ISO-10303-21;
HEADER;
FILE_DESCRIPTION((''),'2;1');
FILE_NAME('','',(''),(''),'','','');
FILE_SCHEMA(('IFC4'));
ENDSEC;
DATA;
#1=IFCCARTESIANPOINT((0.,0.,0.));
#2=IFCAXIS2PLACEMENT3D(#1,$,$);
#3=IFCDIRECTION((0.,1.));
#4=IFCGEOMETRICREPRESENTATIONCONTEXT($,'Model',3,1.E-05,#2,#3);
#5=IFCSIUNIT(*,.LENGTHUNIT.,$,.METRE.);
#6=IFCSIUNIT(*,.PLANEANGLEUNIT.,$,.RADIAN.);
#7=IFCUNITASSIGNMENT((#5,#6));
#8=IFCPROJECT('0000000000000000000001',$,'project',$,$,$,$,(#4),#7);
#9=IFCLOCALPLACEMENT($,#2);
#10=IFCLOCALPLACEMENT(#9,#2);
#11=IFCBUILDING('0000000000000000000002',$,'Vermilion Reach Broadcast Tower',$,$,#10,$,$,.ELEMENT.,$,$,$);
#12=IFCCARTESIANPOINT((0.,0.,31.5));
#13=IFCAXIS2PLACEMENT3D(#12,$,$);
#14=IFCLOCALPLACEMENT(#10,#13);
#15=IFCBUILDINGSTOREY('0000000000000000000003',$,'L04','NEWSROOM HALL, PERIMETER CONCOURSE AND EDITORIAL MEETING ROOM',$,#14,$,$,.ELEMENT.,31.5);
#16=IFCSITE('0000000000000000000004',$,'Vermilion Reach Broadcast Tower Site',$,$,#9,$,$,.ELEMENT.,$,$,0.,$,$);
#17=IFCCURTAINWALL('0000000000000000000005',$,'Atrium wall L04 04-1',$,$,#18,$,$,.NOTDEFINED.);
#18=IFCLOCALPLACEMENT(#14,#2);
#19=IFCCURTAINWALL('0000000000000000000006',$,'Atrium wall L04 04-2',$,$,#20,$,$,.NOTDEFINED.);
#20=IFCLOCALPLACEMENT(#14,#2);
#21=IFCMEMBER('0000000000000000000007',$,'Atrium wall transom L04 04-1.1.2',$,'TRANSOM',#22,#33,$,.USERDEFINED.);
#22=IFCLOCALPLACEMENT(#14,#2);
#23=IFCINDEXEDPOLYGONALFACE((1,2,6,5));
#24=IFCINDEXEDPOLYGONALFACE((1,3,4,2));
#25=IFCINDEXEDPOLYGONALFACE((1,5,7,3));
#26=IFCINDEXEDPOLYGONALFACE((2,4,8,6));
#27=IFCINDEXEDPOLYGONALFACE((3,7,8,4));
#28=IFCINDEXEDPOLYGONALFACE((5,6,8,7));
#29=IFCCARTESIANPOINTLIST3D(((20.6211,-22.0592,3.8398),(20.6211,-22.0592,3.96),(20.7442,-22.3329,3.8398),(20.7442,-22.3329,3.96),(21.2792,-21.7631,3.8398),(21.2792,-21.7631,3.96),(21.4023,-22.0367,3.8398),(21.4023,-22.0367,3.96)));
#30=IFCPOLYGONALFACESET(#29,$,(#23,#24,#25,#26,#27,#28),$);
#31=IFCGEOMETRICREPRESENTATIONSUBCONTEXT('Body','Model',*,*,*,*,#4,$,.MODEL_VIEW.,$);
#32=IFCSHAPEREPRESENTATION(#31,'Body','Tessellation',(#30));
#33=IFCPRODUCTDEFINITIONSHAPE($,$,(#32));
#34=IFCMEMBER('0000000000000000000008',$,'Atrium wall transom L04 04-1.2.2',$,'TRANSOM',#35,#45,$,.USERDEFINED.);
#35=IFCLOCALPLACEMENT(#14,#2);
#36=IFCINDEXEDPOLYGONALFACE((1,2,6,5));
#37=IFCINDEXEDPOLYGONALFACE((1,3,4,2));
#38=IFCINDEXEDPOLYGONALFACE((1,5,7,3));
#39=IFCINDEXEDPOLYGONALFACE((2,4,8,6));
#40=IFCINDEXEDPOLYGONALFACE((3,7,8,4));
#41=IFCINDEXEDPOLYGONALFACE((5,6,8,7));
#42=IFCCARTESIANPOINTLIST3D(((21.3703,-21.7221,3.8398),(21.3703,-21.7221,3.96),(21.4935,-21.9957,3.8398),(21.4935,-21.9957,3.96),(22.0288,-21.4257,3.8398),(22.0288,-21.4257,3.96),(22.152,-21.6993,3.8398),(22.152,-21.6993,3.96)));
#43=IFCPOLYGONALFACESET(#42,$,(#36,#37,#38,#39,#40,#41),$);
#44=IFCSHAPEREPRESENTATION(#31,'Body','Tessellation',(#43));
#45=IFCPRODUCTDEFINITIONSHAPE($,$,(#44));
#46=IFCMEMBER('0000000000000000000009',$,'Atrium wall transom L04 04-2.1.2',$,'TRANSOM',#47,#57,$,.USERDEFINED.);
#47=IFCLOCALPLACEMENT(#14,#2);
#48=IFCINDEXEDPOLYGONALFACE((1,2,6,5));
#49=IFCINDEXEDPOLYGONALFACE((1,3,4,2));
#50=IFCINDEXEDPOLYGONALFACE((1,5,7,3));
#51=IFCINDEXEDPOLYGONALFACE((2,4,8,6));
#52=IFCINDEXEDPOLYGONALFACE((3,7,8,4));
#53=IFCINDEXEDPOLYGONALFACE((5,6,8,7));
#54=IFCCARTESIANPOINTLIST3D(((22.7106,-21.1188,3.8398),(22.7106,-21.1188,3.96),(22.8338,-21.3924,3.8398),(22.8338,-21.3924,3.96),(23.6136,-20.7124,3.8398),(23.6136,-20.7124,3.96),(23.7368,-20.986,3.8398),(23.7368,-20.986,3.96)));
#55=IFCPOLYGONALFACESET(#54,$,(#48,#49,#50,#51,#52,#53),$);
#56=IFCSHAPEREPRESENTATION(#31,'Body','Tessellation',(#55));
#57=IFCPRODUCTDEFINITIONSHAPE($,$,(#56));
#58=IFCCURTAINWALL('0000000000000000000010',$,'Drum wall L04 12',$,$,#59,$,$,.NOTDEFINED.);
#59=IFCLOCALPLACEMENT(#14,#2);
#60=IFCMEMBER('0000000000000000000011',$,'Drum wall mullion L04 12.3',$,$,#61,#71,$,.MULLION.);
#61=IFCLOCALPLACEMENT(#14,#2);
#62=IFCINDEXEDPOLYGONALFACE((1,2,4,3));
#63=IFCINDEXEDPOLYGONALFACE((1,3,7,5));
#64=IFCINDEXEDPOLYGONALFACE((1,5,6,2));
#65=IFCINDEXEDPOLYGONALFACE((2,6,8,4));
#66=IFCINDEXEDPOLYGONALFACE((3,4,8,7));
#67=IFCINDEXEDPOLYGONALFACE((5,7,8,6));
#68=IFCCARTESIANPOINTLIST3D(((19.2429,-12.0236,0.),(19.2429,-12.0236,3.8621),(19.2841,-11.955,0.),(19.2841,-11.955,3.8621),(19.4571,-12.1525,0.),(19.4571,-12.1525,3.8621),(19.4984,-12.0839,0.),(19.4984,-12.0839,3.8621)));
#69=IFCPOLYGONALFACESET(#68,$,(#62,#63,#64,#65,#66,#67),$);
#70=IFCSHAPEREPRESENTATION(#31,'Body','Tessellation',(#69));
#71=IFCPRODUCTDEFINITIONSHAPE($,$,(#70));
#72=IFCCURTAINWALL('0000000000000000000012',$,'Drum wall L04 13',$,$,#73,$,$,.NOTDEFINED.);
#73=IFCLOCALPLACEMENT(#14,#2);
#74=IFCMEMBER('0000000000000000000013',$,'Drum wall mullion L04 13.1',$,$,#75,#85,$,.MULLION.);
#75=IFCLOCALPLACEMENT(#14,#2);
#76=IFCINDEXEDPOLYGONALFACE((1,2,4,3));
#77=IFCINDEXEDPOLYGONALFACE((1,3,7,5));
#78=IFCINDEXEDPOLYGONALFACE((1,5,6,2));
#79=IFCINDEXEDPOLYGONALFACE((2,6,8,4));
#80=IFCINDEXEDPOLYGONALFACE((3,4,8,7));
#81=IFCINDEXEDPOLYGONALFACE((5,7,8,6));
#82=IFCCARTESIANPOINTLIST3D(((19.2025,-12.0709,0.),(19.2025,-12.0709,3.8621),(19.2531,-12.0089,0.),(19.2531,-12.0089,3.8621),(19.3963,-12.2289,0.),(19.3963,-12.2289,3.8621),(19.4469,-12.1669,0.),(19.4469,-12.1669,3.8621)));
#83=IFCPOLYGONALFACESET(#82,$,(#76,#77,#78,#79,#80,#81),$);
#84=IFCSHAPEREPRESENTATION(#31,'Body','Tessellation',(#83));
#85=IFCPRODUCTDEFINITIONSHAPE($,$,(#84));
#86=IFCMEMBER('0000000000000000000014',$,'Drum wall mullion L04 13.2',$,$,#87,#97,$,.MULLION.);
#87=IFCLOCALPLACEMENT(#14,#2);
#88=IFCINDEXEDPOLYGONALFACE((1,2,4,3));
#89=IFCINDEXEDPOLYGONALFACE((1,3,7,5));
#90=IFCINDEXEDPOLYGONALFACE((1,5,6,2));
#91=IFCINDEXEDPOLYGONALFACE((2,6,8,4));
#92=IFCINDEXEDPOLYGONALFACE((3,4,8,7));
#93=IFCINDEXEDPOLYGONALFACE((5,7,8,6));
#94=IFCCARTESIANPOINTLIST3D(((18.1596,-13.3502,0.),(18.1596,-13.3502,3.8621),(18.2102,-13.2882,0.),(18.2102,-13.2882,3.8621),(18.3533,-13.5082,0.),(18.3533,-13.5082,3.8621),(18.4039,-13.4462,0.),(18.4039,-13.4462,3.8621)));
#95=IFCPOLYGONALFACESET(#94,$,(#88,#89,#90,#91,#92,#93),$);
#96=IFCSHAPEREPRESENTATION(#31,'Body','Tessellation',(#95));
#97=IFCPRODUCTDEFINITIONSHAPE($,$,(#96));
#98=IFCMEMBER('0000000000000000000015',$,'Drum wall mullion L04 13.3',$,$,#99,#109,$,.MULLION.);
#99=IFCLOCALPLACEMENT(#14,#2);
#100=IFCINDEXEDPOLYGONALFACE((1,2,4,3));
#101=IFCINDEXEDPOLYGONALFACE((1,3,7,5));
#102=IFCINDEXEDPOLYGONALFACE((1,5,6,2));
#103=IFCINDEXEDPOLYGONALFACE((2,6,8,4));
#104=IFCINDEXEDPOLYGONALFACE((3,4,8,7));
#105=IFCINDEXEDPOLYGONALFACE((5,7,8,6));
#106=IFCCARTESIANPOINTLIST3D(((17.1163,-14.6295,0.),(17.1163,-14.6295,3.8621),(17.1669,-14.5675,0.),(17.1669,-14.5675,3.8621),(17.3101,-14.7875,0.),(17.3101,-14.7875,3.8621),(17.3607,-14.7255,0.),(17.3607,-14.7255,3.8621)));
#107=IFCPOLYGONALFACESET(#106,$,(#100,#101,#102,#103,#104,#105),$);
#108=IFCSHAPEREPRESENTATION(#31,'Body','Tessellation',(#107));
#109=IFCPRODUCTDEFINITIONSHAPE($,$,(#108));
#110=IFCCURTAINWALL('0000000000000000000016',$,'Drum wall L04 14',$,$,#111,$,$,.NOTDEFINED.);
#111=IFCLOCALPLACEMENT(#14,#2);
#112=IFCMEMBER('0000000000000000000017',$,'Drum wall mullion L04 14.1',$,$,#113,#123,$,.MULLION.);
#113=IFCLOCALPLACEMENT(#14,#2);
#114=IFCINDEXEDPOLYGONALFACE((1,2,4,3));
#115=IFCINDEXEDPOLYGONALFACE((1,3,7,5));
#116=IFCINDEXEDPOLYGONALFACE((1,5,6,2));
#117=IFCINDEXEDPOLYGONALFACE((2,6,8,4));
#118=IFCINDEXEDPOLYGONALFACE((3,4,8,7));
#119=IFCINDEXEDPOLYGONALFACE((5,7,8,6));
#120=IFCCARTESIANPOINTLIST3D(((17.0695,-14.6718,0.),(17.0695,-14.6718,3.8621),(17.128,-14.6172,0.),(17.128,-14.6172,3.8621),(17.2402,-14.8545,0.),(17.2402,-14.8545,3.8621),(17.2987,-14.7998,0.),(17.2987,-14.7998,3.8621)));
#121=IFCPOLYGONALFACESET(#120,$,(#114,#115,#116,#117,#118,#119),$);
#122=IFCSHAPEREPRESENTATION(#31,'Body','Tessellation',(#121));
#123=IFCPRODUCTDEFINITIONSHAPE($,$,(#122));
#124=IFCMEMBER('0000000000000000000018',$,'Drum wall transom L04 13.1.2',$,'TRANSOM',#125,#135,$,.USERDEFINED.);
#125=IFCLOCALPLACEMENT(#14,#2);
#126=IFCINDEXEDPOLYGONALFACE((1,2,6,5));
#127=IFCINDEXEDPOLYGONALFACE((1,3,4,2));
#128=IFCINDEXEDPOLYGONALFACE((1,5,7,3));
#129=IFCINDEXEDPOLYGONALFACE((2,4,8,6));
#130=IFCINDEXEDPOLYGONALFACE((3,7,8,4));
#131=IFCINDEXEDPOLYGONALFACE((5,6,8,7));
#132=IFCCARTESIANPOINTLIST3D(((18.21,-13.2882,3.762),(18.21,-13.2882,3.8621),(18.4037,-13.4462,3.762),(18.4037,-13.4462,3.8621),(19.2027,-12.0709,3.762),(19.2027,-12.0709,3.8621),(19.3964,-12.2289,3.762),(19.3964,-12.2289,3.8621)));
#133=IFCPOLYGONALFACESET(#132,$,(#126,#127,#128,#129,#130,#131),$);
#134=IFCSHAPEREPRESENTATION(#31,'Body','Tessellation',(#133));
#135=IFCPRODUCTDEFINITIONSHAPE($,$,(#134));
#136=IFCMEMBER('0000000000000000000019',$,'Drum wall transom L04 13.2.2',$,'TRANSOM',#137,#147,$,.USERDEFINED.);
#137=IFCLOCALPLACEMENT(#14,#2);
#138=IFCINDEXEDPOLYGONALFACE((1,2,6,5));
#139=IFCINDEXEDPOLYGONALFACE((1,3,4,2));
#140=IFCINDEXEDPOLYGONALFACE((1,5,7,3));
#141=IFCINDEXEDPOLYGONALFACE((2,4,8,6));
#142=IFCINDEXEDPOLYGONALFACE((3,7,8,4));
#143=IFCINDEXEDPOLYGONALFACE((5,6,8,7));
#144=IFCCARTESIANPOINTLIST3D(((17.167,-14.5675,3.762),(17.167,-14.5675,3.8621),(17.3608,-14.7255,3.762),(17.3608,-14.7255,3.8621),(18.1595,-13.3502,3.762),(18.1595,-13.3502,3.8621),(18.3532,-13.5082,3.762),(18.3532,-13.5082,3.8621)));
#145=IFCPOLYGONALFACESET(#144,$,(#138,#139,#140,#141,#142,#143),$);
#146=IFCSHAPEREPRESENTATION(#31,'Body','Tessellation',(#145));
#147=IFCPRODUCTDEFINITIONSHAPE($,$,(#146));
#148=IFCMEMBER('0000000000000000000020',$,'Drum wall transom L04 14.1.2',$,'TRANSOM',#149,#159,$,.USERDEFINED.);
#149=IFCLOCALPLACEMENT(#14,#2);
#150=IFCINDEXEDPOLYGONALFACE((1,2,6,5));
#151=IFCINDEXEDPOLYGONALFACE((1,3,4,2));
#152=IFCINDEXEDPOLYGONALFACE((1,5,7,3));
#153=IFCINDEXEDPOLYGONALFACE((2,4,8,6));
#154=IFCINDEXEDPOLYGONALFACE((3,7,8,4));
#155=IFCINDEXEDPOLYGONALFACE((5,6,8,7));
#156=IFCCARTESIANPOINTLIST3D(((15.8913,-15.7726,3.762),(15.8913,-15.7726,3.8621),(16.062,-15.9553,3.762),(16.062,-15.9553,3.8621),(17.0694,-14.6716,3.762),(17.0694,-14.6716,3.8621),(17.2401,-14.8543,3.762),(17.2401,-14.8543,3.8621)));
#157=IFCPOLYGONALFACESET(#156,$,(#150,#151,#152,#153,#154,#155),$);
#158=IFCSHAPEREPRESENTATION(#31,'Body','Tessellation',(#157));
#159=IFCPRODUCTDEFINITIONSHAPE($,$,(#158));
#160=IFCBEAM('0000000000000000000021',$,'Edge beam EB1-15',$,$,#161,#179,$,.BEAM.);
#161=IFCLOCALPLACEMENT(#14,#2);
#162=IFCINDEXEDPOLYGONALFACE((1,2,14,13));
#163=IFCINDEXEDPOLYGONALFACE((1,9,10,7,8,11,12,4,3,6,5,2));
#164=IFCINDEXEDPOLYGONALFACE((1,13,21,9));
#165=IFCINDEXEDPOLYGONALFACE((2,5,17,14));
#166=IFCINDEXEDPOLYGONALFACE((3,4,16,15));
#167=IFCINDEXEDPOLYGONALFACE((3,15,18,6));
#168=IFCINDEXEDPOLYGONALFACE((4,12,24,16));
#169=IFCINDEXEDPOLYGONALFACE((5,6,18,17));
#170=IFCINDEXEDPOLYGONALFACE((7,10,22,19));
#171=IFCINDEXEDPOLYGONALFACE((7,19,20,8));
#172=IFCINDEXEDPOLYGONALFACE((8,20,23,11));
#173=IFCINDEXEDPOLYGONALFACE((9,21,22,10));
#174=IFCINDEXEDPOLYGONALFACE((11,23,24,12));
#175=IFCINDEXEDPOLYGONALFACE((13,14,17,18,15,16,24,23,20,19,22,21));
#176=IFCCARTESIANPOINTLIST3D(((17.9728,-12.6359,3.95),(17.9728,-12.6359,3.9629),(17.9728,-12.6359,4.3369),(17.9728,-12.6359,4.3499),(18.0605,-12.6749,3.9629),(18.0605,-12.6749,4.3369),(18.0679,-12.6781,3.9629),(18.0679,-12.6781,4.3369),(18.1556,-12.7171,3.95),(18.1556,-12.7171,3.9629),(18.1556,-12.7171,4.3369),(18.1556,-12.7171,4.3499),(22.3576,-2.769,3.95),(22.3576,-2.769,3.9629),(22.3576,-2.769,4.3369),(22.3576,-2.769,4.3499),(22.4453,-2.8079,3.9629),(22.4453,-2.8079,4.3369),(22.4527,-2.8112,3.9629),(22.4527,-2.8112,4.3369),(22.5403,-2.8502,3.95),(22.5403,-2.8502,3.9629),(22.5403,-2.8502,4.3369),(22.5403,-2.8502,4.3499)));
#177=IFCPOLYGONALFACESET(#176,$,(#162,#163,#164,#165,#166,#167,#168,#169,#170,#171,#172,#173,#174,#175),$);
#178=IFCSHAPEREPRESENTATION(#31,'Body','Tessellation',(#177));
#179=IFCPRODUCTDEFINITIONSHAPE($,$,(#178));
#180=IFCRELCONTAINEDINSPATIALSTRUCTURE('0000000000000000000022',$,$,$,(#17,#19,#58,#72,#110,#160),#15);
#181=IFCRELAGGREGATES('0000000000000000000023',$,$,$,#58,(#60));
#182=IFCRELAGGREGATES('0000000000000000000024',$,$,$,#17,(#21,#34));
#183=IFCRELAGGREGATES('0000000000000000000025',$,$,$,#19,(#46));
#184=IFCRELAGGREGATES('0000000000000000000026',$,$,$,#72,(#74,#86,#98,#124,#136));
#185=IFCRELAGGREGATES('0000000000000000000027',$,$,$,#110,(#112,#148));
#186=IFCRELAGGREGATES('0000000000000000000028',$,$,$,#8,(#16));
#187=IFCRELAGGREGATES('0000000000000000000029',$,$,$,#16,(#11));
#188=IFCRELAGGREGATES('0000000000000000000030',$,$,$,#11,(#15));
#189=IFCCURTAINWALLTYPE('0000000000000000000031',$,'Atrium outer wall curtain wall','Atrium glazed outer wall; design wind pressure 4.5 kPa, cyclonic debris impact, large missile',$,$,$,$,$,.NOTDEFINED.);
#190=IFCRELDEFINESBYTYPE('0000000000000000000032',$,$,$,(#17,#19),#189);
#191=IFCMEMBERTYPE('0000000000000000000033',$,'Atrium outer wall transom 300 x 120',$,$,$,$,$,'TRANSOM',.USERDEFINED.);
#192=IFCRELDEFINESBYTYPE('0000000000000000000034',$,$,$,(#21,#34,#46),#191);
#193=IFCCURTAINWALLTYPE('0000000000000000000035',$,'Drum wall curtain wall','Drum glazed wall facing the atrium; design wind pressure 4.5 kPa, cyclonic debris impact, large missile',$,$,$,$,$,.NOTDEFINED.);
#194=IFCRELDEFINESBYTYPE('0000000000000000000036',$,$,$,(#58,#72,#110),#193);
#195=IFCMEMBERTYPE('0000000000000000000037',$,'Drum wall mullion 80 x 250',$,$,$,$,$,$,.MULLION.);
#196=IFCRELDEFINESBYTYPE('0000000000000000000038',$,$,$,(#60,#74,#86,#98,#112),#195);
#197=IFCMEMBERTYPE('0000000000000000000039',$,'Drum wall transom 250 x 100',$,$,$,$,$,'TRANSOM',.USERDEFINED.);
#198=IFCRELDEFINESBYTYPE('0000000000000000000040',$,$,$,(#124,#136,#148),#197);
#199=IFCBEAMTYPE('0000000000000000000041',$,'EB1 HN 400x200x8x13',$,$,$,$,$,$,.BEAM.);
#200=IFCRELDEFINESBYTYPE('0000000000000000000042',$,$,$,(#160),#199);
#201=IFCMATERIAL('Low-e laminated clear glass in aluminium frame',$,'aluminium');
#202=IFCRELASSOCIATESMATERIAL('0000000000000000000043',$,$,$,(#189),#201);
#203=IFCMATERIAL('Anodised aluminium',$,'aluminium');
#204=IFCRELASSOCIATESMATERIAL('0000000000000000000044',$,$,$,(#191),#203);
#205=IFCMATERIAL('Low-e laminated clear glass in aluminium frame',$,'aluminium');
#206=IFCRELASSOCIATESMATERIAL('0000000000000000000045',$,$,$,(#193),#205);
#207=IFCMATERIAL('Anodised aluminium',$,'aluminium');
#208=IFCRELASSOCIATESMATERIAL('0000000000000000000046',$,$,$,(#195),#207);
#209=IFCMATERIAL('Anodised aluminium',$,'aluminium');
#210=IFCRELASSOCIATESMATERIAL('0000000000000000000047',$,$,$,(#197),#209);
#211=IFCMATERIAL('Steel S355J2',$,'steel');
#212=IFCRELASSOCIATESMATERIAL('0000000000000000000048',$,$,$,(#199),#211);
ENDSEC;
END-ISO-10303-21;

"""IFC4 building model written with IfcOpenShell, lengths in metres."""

from ifc_helpers import new_model, si_unit, direction, frame, origin, origin_2d, place, context, subcontext, project, spatial, rectangle, i_section, extrude, material, material_profile, profile_set, type_object, element, aggregate, save


model = new_model("IFC4")

# Units and contexts
model_context = context("Model", 3, precision=1e-05, world=origin(), true_north=direction((0.0, 1.0)))
body_context = subcontext(model_context, "Body", "Model", "MODEL_VIEW")
ifc_project = project(units=[si_unit("LENGTHUNIT", "METRE"), si_unit("PLANEANGLEUNIT", "RADIAN")], contexts=[model_context])

# Site, building, storey
site_placement = place(None, origin())
site = spatial("IfcSite", under=ifc_project, at=site_placement, Name="Vermilion Reach Broadcast Tower Site", CompositionType="ELEMENT", RefElevation=0.0)
building_placement = place(site_placement, origin())
building = spatial("IfcBuilding", under=site, at=building_placement, Name="Vermilion Reach Broadcast Tower", CompositionType="ELEMENT")
storey_placement = place(building_placement, frame((0.0, 0.0, 31.5)))
storey = spatial("IfcBuildingStorey", under=building, at=storey_placement, Name="L04", Description="NEWSROOM HALL, PERIMETER CONCOURSE AND EDITORIAL MEETING ROOM", CompositionType="ELEMENT", Elevation=31.5)

# Shared definitions
ifc_material_1 = material(Name="Low-e laminated clear glass in aluminium frame", Category="aluminium")
curtain_wall_type_1 = type_object("IfcCurtainWallType", Name="Atrium outer wall curtain wall", Description="Atrium glazed outer wall; design wind pressure 4.5 kPa, cyclonic debris impact, large missile", PredefinedType="NOTDEFINED", material=ifc_material_1)
placement = place(storey_placement, origin())

# Curtain wall
curtain_wall_1 = element("IfcCurtainWall", 1, at=placement, inside=storey, type_object=curtain_wall_type_1, Name="Atrium wall L04 04-1", PredefinedType="NOTDEFINED")

# Curtain wall
curtain_wall_2 = element("IfcCurtainWall", 2, at=placement, inside=storey, type_object=curtain_wall_type_1, Name="Atrium wall L04 04-2", PredefinedType="NOTDEFINED")

# Members
ifc_material_2 = material(Name="Anodised aluminium", Category="aluminium")
ifc_material_profile_1 = material_profile(ifc_material_2, rectangle(XDim=0.3, YDim=0.1201, at=origin_2d()), Name="Atrium outer wall transom 300 x 120")
ifc_profile_set_1 = profile_set([ifc_material_profile_1], Name="Anodised aluminium")
member_type_1 = type_object("IfcMemberType", Name="Atrium outer wall transom 300 x 120", ElementType="TRANSOM", PredefinedType="USERDEFINED", material=ifc_profile_set_1)
member_1_placement = place(storey_placement, frame((20.6826, -22.196, 3.8999), z_axis=(0.911947, 0.410308, 0.0), x_axis=(-0.410308, 0.911947, 0.0)))
member_1 = element("IfcMember", 3, at=member_1_placement, type_object=member_type_1, Name="Atrium wall transom L04 04-1.1.2", ObjectType="TRANSOM", PredefinedType="USERDEFINED", context=body_context, shape_type="SweptSolid", body=[
    extrude(rectangle(XDim=0.3, YDim=0.1201, at=origin_2d()), origin(), (0.0, 0.0, 1.0), 0.7217),
])
member_2_placement = place(storey_placement, frame((21.4319, -21.8589, 3.8999), z_axis=(0.911877, 0.410463, 0.0), x_axis=(-0.410463, 0.911877, 0.0)))
member_2 = element("IfcMember", 4, at=member_2_placement, type_object=member_type_1, Name="Atrium wall transom L04 04-1.2.2", ObjectType="TRANSOM", PredefinedType="USERDEFINED", context=body_context, shape_type="SweptSolid", body=[
    extrude(rectangle(XDim=0.3, YDim=0.1201, at=origin_2d()), origin(), (0.0, 0.0, 1.0), 0.7222),
])
member_3_placement = place(storey_placement, frame((22.7722, -21.2556, 3.8999), z_axis=(0.91188, 0.410457, 0.0), x_axis=(-0.410457, 0.91188, 0.0)))
member_3 = element("IfcMember", 5, at=member_3_placement, type_object=member_type_1, Name="Atrium wall transom L04 04-2.1.2", ObjectType="TRANSOM", PredefinedType="USERDEFINED", context=body_context, shape_type="SweptSolid", body=[
    extrude(rectangle(XDim=0.3, YDim=0.1201, at=origin_2d()), origin(), (0.0, 0.0, 1.0), 0.9902),
])

# Curtain wall, member
ifc_material_3 = material(Name="Low-e laminated clear glass in aluminium frame", Category="aluminium")
curtain_wall_type_2 = type_object("IfcCurtainWallType", Name="Drum wall curtain wall", Description="Drum glazed wall facing the atrium; design wind pressure 4.5 kPa, cyclonic debris impact, large missile", PredefinedType="NOTDEFINED", material=ifc_material_3)
curtain_wall_3 = element("IfcCurtainWall", 6, at=placement, inside=storey, type_object=curtain_wall_type_2, Name="Drum wall L04 12", PredefinedType="NOTDEFINED")
ifc_material_4 = material(Name="Anodised aluminium", Category="aluminium")
ifc_material_profile_2 = material_profile(ifc_material_4, rectangle(XDim=0.25, YDim=0.0801, at=origin_2d()), Name="Drum wall mullion 80 x 250")
ifc_profile_set_2 = profile_set([ifc_material_profile_2], Name="Anodised aluminium")
member_type_2 = type_object("IfcMemberType", Name="Drum wall mullion 80 x 250", PredefinedType="MULLION", material=ifc_profile_set_2)
member_4_placement = place(storey_placement, frame((19.3706, -12.0537, 0.0), z_axis=(0.0, 0.0, 1.0), x_axis=(0.856821, -0.515613, 0.0)))
member_4 = element("IfcMember", 7, at=member_4_placement, type_object=member_type_2, Name="Drum wall mullion L04 12.3", PredefinedType="MULLION", context=body_context, shape_type="SweptSolid", body=[
    extrude(rectangle(XDim=0.25, YDim=0.0801, at=origin_2d()), origin(), (0.0, 0.0, 1.0), 3.8621),
])
aggregate(curtain_wall_3, [member_4])

# Curtain wall, members
curtain_wall_4 = element("IfcCurtainWall", 8, at=placement, inside=storey, type_object=curtain_wall_type_2, Name="Drum wall L04 13", PredefinedType="NOTDEFINED")
member_5_placement = place(storey_placement, frame((19.3247, -12.1189, 0.0), z_axis=(0.0, 0.0, 1.0), x_axis=(0.775025, -0.631931, 0.0)))
member_5 = element("IfcMember", 9, at=member_5_placement, type_object=member_type_2, Name="Drum wall mullion L04 13.1", PredefinedType="MULLION", context=body_context, shape_type="SweptSolid", body=[
    extrude(rectangle(XDim=0.25, YDim=0.0801, at=origin_2d()), origin(), (0.0, 0.0, 1.0), 3.8621),
])
member_6_placement = place(storey_placement, frame((18.2817, -13.3982, 0.0), z_axis=(0.0, 0.0, 1.0), x_axis=(0.775025, -0.631931, 0.0)))
member_6 = element("IfcMember", 10, at=member_6_placement, type_object=member_type_2, Name="Drum wall mullion L04 13.2", PredefinedType="MULLION", context=body_context, shape_type="SweptSolid", body=[
    extrude(rectangle(XDim=0.25, YDim=0.0801, at=origin_2d()), origin(), (0.0, 0.0, 1.0), 3.8621),
])
member_7_placement = place(storey_placement, frame((17.2385, -14.6775, 0.0), z_axis=(0.0, 0.0, 1.0), x_axis=(0.775025, -0.631931, 0.0)))
member_7 = element("IfcMember", 11, at=member_7_placement, type_object=member_type_2, Name="Drum wall mullion L04 13.3", PredefinedType="MULLION", context=body_context, shape_type="SweptSolid", body=[
    extrude(rectangle(XDim=0.25, YDim=0.0801, at=origin_2d()), origin(), (0.0, 0.0, 1.0), 3.8621),
])

# Curtain wall, member
curtain_wall_5 = element("IfcCurtainWall", 12, at=placement, inside=storey, type_object=curtain_wall_type_2, Name="Drum wall L04 14", PredefinedType="NOTDEFINED")
member_8_placement = place(storey_placement, frame((17.1841, -14.7358, 0.0), z_axis=(0.0, 0.0, 1.0), x_axis=(0.682748, -0.730654, 0.0)))
member_8 = element("IfcMember", 13, at=member_8_placement, type_object=member_type_2, Name="Drum wall mullion L04 14.1", PredefinedType="MULLION", context=body_context, shape_type="SweptSolid", body=[
    extrude(rectangle(XDim=0.25, YDim=0.0801, at=origin_2d()), origin(), (0.0, 0.0, 1.0), 3.8621),
])

# Members
ifc_material_5 = material(Name="Anodised aluminium", Category="aluminium")
ifc_material_profile_3 = material_profile(ifc_material_5, rectangle(XDim=0.25, YDim=0.1001, at=origin_2d()), Name="Drum wall transom 250 x 100")
ifc_profile_set_3 = profile_set([ifc_material_profile_3], Name="Anodised aluminium")
member_type_3 = type_object("IfcMemberType", Name="Drum wall transom 250 x 100", ElementType="TRANSOM", PredefinedType="USERDEFINED", material=ifc_profile_set_3)
member_9_placement = place(storey_placement, frame((19.2996, -12.1499, 3.812), z_axis=(-0.631984, -0.774981, 0.0), x_axis=(0.774981, -0.631984, 0.0)))
member_9 = element("IfcMember", 14, at=member_9_placement, type_object=member_type_3, Name="Drum wall transom L04 13.1.2", ObjectType="TRANSOM", PredefinedType="USERDEFINED", context=body_context, shape_type="SweptSolid", body=[
    extrude(rectangle(XDim=0.25, YDim=0.1001, at=origin_2d()), origin(), (0.0, 0.0, 1.0), 1.5708),
])
member_10_placement = place(storey_placement, frame((18.2563, -13.4292, 3.812), z_axis=(-0.631891, -0.775057, 0.0), x_axis=(0.775057, -0.631891, 0.0)))
member_10 = element("IfcMember", 15, at=member_10_placement, type_object=member_type_3, Name="Drum wall transom L04 13.2.2", ObjectType="TRANSOM", PredefinedType="USERDEFINED", context=body_context, shape_type="SweptSolid", body=[
    extrude(rectangle(XDim=0.25, YDim=0.1001, at=origin_2d()), origin(), (0.0, 0.0, 1.0), 1.5706),
])
member_11_placement = place(storey_placement, frame((17.1548, -14.7629, 3.812), z_axis=(-0.730622, -0.682782, 0.0), x_axis=(0.682782, -0.730622, 0.0)))
member_11 = element("IfcMember", 16, at=member_11_placement, type_object=member_type_3, Name="Drum wall transom L04 14.1.2", ObjectType="TRANSOM", PredefinedType="USERDEFINED", context=body_context, shape_type="SweptSolid", body=[
    extrude(rectangle(XDim=0.25, YDim=0.1001, at=origin_2d()), origin(), (0.0, 0.0, 1.0), 1.6125),
])

# Beam
ifc_material_6 = material(Name="Steel S355J2", Category="steel")
ifc_material_profile_4 = material_profile(ifc_material_6, i_section(OverallWidth=0.2, OverallDepth=0.3999, WebThickness=0.0081, FlangeThickness=0.0129, at=origin_2d()), Name="S355J2 HN 400x200x8x13")
ifc_profile_set_4 = profile_set([ifc_material_profile_4], Name="Steel S355J2")
beam_type_1 = type_object("IfcBeamType", Name="EB1 HN 400x200x8x13", PredefinedType="BEAM", material=ifc_profile_set_4)
beam_1_placement = place(storey_placement, frame((18.0642, -12.6765, 4.1499), z_axis=(0.406097, 0.91383, 0.0), x_axis=(-0.91383, 0.406097, 0.0)))
element("IfcBeam", 17, at=beam_1_placement, inside=storey, type_object=beam_type_1, Name="Edge beam EB1-15", PredefinedType="BEAM", context=body_context, shape_type="SweptSolid", body=[
    extrude(i_section(OverallWidth=0.2, OverallDepth=0.3999, WebThickness=0.0081, FlangeThickness=0.0129, at=origin_2d()), origin(), (0.0, 0.0, 1.0), 10.7974),
])

aggregate(curtain_wall_1, [member_1, member_2])
aggregate(curtain_wall_2, [member_3])
aggregate(curtain_wall_4, [member_5, member_6, member_7, member_9, member_10])
aggregate(curtain_wall_5, [member_8, member_11])

save(model, "model.ifc")
